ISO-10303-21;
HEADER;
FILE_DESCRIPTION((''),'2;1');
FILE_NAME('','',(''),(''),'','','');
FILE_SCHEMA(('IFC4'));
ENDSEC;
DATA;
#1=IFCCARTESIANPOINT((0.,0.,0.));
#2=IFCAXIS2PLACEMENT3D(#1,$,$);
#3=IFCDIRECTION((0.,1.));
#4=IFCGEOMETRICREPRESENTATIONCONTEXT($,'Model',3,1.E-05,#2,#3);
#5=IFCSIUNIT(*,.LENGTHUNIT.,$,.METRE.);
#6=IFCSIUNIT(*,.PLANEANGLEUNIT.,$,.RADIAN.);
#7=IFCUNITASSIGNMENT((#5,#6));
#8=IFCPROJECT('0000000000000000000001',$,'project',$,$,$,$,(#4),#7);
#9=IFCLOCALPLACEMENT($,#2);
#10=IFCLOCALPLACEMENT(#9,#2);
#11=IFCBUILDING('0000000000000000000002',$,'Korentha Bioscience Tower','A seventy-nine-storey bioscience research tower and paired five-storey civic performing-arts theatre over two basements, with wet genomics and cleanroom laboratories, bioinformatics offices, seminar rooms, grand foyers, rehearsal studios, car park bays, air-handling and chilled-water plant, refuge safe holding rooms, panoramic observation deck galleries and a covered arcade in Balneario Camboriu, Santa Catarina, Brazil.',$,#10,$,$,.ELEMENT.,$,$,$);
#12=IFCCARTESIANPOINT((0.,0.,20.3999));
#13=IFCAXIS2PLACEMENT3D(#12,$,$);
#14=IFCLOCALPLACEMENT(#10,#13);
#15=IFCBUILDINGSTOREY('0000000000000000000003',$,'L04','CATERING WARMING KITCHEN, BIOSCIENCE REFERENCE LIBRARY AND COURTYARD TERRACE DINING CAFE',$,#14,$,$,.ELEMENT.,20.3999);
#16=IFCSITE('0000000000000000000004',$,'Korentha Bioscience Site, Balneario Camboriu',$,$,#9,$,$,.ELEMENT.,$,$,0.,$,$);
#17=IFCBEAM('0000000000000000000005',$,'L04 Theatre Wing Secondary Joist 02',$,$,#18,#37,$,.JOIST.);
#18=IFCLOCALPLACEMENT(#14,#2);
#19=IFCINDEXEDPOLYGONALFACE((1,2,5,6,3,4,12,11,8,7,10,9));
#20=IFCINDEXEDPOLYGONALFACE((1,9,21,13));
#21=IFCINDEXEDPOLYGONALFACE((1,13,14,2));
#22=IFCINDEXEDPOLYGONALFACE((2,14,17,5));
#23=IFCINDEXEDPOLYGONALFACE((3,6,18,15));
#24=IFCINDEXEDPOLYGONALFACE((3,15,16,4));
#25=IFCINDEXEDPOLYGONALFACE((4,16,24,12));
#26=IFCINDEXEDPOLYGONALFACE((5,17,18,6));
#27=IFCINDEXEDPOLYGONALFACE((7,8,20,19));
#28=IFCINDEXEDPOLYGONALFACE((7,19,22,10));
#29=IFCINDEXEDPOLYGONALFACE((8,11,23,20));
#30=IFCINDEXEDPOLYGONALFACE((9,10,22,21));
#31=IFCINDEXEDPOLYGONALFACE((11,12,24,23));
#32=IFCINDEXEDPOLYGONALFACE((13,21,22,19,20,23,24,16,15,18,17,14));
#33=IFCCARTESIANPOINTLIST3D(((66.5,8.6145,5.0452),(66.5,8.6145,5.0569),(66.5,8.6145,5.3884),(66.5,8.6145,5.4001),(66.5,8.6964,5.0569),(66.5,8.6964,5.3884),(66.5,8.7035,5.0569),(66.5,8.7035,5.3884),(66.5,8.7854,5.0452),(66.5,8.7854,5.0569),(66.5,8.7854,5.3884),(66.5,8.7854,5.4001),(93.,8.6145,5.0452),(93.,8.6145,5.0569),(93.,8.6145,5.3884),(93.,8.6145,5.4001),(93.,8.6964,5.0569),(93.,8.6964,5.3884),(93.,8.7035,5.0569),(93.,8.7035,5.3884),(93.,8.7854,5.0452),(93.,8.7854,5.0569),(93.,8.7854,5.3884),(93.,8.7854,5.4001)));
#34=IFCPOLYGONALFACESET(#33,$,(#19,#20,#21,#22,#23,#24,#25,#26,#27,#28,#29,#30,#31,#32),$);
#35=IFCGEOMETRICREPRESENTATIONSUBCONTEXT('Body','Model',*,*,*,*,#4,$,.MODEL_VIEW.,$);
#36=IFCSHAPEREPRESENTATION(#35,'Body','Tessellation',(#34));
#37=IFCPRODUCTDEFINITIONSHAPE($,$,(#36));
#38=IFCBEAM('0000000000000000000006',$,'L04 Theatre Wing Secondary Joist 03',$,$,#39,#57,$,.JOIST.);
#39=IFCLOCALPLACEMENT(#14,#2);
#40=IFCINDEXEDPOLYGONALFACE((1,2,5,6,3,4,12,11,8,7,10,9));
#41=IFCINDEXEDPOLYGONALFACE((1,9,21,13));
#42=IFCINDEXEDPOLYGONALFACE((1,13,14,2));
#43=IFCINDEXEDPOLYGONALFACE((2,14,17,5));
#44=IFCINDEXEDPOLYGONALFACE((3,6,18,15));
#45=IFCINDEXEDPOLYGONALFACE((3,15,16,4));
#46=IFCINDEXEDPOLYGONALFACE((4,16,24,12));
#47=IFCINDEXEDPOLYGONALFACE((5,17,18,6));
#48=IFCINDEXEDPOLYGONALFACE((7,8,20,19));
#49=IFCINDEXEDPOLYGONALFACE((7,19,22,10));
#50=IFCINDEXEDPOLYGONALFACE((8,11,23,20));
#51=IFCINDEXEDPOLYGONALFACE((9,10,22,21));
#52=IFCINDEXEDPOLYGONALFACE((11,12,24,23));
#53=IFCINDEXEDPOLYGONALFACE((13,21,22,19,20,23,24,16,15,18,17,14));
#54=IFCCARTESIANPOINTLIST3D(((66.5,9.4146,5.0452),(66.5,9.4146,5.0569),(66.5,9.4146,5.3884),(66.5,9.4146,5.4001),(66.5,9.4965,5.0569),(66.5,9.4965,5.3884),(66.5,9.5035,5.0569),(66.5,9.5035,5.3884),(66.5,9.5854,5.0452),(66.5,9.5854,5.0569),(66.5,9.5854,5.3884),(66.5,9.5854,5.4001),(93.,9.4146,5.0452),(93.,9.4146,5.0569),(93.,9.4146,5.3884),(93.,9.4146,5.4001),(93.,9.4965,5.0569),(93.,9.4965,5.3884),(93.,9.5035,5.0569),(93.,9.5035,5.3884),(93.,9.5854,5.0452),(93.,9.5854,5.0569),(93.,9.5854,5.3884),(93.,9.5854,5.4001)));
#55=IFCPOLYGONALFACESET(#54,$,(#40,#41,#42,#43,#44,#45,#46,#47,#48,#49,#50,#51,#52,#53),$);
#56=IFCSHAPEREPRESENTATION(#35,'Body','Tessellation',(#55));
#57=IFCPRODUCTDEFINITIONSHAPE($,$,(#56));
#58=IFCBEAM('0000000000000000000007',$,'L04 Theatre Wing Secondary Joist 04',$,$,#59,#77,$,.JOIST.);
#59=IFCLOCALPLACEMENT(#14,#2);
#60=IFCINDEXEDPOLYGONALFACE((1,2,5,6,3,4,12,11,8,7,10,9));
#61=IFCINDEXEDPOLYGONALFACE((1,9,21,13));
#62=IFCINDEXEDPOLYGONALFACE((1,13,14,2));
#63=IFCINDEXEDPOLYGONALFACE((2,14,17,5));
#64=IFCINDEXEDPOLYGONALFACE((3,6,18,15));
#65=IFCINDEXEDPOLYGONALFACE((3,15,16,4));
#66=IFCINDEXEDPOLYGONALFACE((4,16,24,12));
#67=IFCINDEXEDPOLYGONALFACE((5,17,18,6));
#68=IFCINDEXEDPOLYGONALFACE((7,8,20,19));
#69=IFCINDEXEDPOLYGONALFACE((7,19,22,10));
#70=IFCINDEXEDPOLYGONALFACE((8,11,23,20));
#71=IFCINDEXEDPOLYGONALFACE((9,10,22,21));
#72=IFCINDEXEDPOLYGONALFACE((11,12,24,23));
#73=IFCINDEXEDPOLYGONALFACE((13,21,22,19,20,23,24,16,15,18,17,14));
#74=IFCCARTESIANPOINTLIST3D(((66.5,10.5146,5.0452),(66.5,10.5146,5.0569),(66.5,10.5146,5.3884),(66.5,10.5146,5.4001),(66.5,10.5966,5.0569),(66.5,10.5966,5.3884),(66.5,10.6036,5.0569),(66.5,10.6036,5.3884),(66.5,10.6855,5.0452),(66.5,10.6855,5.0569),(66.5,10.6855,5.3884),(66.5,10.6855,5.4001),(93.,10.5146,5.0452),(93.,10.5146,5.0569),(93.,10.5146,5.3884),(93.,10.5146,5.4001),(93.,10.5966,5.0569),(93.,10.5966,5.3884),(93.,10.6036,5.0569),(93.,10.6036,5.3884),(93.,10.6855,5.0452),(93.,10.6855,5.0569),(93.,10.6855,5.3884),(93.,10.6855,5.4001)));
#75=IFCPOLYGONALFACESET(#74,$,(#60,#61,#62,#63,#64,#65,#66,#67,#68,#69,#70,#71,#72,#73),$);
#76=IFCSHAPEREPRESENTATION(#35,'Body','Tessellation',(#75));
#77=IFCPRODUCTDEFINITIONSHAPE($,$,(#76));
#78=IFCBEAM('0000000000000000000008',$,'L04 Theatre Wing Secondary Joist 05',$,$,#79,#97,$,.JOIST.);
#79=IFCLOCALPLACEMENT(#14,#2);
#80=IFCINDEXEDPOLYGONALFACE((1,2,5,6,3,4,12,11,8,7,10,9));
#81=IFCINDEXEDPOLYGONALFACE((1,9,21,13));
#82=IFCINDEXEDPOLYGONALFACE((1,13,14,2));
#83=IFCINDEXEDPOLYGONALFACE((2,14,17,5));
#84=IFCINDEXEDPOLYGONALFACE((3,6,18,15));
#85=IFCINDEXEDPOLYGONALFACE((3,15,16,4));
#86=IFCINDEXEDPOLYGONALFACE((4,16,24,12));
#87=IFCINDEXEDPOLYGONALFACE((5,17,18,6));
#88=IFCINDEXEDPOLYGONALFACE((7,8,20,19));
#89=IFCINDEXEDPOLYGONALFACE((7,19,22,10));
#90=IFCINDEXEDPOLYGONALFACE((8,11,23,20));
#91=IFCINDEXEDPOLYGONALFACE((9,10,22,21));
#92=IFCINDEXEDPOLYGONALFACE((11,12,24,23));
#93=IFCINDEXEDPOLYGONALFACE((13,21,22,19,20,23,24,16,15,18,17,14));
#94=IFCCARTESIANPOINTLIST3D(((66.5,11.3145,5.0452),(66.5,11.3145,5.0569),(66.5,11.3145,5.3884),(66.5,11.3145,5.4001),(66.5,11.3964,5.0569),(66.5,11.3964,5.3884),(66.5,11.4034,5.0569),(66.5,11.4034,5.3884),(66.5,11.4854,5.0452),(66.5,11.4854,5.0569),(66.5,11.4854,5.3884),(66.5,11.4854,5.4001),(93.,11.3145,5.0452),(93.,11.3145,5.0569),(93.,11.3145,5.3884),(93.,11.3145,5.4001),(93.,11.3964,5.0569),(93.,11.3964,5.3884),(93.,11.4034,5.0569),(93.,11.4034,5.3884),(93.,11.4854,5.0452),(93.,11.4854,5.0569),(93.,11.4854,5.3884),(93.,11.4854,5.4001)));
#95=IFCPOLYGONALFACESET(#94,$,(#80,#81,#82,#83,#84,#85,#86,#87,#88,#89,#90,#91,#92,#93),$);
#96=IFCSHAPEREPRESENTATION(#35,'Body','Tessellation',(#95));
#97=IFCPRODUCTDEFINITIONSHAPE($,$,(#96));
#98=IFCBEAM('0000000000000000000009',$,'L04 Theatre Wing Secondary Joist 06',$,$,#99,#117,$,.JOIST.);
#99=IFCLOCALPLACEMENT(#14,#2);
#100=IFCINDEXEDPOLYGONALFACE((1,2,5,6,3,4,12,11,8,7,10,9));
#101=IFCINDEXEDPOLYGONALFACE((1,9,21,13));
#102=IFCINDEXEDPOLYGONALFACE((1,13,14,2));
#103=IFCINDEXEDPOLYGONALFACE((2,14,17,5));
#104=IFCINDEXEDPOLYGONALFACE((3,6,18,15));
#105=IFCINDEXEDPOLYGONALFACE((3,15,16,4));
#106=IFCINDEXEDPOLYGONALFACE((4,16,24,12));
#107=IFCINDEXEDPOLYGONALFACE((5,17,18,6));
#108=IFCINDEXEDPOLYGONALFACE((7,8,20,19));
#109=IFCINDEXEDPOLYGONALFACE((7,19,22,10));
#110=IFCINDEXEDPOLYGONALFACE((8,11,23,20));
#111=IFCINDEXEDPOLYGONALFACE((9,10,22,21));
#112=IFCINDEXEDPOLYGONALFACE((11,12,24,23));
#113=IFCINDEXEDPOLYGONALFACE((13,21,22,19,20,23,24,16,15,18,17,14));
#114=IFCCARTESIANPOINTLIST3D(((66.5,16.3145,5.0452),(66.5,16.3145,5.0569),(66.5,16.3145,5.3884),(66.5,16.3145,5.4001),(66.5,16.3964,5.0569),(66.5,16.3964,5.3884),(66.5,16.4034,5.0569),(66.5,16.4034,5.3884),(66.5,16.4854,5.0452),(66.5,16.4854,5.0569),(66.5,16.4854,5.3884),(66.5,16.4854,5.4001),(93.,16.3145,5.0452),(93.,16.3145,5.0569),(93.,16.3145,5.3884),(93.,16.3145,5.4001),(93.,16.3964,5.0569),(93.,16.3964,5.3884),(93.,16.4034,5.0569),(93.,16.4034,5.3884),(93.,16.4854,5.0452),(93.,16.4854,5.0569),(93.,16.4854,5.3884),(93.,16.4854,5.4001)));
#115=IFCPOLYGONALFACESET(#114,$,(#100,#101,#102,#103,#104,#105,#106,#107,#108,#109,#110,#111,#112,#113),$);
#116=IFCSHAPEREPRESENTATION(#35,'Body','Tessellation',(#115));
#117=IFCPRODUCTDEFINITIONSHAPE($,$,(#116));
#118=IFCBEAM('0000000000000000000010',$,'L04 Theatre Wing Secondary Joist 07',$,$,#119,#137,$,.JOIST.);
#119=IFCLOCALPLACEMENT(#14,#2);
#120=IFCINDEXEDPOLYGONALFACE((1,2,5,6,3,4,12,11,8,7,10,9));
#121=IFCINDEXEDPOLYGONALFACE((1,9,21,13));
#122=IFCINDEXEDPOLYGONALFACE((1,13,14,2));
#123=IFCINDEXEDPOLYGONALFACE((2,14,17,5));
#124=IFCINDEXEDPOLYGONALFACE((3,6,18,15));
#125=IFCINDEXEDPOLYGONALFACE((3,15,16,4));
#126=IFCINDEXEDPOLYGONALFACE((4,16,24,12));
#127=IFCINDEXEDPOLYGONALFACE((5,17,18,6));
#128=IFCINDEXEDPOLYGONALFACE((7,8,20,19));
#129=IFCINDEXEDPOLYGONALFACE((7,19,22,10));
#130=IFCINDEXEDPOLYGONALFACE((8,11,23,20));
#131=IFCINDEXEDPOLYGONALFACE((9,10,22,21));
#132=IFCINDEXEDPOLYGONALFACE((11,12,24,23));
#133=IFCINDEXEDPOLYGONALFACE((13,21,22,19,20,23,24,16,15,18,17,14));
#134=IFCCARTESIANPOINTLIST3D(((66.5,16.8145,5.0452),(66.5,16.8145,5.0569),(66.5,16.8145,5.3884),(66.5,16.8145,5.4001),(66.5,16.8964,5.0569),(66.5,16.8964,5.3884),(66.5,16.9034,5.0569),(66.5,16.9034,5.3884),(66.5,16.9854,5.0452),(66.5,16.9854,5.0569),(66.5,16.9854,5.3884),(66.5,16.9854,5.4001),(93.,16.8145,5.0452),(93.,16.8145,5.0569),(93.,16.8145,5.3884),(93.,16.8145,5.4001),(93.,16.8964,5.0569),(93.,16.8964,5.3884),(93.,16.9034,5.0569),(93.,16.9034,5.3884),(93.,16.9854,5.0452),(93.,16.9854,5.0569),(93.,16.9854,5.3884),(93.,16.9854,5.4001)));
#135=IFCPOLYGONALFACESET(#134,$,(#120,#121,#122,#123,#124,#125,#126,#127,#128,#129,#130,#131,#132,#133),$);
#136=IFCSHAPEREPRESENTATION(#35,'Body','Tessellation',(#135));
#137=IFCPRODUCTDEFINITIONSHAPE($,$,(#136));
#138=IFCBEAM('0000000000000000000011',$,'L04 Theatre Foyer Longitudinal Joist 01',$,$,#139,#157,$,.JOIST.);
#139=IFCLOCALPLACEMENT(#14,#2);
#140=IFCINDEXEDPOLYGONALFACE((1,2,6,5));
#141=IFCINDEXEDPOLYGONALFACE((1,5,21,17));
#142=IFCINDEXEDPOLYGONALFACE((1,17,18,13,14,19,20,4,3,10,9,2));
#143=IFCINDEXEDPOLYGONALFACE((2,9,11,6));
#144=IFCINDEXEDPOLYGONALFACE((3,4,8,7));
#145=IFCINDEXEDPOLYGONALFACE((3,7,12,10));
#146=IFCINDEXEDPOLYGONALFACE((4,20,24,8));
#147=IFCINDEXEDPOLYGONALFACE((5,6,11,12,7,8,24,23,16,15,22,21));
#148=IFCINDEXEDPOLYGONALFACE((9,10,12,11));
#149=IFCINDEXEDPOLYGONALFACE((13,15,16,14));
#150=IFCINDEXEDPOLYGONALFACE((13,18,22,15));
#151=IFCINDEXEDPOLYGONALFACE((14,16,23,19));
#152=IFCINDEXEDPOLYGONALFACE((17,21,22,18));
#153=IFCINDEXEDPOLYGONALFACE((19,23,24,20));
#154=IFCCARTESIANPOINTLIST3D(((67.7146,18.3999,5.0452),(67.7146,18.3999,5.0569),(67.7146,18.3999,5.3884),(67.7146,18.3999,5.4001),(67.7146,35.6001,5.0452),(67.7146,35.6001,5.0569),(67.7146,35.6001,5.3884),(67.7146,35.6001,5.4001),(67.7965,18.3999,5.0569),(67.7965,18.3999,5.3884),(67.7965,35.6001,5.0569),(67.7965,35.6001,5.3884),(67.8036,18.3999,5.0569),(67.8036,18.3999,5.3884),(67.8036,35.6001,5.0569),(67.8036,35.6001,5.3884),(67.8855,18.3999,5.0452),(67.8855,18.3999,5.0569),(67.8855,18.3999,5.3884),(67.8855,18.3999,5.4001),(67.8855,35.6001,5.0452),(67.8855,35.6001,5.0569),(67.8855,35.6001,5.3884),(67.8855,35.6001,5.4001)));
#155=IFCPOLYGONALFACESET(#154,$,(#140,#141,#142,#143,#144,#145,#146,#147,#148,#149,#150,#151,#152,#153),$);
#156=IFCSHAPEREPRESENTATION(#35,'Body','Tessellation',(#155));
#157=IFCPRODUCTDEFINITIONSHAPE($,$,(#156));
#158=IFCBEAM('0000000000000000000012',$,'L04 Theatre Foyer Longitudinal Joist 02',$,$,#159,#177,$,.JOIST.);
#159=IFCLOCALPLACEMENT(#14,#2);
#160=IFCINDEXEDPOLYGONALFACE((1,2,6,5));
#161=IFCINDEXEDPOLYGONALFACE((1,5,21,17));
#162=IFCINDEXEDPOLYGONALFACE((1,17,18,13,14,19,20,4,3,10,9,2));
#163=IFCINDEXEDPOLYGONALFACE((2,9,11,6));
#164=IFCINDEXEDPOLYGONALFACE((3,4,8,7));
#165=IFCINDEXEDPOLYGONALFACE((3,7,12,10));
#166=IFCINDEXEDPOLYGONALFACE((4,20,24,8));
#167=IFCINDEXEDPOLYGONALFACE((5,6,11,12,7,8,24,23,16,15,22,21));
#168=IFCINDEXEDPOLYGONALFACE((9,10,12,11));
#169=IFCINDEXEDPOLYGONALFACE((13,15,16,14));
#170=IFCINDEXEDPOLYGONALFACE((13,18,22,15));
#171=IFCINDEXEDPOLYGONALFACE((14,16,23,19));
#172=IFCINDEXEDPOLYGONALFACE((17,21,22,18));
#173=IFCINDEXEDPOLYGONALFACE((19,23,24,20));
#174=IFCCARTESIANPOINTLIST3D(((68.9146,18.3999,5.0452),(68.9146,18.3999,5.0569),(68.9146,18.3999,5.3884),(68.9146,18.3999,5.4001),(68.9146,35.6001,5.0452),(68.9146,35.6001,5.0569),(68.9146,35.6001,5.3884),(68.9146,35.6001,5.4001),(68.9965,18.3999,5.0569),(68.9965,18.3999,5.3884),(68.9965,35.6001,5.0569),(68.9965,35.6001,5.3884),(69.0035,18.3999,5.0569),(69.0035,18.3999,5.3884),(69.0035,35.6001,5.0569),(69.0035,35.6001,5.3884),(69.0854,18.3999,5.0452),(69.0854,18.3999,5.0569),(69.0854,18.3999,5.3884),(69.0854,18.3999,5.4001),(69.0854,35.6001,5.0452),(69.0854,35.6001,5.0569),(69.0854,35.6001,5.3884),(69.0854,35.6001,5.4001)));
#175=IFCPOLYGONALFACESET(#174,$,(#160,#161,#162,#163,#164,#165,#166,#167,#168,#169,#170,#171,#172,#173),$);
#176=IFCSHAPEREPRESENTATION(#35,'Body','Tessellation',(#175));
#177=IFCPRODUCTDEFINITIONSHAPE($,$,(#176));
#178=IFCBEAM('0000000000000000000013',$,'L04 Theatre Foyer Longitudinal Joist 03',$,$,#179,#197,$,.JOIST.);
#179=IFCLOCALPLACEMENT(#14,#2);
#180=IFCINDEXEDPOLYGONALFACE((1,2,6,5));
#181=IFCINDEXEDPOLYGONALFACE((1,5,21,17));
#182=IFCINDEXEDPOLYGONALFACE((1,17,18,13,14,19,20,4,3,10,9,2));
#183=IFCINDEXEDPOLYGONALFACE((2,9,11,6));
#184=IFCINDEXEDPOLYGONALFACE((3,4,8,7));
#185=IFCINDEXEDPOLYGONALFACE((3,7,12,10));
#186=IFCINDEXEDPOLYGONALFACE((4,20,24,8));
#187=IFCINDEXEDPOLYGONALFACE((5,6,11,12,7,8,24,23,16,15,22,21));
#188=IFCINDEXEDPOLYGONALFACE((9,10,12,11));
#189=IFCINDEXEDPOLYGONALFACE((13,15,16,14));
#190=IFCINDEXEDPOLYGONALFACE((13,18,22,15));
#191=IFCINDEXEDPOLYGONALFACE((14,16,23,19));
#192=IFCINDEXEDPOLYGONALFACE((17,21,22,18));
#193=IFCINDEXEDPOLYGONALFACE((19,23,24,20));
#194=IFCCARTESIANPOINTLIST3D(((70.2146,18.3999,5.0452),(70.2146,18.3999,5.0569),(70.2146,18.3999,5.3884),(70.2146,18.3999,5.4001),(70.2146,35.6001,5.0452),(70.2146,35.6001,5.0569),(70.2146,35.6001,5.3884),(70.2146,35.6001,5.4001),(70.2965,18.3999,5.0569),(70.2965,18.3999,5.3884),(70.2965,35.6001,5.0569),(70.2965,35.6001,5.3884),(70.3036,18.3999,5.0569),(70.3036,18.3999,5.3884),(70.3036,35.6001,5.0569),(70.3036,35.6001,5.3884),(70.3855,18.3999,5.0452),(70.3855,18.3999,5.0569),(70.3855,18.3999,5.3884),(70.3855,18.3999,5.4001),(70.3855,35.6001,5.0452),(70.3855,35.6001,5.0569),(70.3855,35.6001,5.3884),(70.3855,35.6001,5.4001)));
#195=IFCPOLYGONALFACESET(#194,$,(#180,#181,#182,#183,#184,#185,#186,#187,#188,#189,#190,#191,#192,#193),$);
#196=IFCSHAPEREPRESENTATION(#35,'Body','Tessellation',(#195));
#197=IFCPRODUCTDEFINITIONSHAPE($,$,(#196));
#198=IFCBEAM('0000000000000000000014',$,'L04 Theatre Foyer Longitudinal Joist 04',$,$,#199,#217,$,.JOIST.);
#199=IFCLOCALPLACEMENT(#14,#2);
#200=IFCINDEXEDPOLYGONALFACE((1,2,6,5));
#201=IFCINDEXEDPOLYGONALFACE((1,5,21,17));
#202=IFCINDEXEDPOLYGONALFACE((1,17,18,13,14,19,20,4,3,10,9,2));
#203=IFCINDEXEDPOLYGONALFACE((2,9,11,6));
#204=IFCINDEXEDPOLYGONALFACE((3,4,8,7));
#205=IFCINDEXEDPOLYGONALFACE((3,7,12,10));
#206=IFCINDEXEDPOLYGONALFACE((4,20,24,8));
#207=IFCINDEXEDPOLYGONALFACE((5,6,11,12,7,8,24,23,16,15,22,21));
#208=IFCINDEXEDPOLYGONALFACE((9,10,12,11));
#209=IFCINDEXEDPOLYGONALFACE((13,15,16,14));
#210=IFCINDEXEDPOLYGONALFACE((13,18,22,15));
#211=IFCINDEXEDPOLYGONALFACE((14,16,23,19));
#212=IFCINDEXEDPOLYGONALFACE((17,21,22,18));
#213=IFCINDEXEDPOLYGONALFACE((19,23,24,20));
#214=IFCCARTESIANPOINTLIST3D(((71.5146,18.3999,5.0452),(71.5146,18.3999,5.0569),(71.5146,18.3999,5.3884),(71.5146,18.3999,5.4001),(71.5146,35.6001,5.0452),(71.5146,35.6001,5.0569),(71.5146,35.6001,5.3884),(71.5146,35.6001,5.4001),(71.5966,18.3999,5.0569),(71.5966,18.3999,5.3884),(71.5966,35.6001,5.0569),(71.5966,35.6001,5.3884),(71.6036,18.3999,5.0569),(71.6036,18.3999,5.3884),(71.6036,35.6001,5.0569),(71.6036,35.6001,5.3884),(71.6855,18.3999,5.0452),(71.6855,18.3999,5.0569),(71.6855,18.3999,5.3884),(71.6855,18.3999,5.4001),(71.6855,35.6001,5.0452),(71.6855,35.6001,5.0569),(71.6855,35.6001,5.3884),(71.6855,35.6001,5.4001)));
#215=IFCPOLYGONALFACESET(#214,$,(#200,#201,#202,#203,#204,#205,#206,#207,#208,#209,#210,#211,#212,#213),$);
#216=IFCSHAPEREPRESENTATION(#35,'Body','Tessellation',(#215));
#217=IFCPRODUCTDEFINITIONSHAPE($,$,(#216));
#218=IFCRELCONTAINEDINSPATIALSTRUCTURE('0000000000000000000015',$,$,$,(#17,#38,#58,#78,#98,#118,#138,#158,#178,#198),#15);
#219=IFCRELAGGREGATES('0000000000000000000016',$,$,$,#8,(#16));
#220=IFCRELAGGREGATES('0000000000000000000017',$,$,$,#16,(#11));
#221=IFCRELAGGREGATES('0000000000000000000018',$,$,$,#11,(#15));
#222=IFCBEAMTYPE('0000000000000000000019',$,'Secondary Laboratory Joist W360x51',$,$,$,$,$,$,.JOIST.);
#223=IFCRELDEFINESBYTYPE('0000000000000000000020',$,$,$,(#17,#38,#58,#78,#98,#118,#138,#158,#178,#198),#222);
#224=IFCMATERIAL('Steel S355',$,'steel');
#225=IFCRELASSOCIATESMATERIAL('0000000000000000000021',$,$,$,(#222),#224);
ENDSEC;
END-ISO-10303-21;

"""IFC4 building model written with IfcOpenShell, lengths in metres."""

from ifc_helpers import new_model, si_unit, direction, frame, origin, origin_2d, place, context, subcontext, project, spatial, i_section, extrude, material, material_profile, profile_set, type_object, element, save


model = new_model("IFC4")

# Units and contexts
model_context = context("Model", 3, precision=1e-05, world=origin(), true_north=direction((0.0, 1.0)))
body_context = subcontext(model_context, "Body", "Model", "MODEL_VIEW")
ifc_project = project(units=[si_unit("LENGTHUNIT", "METRE"), si_unit("PLANEANGLEUNIT", "RADIAN")], contexts=[model_context])

# Site, building, storey
site_placement = place(None, origin())
site = spatial("IfcSite", under=ifc_project, at=site_placement, Name="Korentha Bioscience Site, Balneario Camboriu", CompositionType="ELEMENT", RefElevation=0.0)
building_placement = place(site_placement, origin())
building = spatial("IfcBuilding", under=site, at=building_placement, Name="Korentha Bioscience Tower", Description="A seventy-nine-storey bioscience research tower and paired five-storey civic performing-arts theatre over two basements, with wet genomics and cleanroom laboratories, bioinformatics offices, seminar rooms, grand foyers, rehearsal studios, car park bays, air-handling and chilled-water plant, refuge safe holding rooms, panoramic observation deck galleries and a covered arcade in Balneario Camboriu, Santa Catarina, Brazil.", CompositionType="ELEMENT")
storey_placement = place(building_placement, frame((0.0, 0.0, 20.3999)))
storey = spatial("IfcBuildingStorey", under=building, at=storey_placement, Name="L04", Description="CATERING WARMING KITCHEN, BIOSCIENCE REFERENCE LIBRARY AND COURTYARD TERRACE DINING CAFE", CompositionType="ELEMENT", Elevation=20.3999)

# Beams
ifc_material_1 = material(Name="Steel S355", Category="steel")
ifc_material_profile_1 = material_profile(ifc_material_1, i_section(OverallWidth=0.1709, OverallDepth=0.355, WebThickness=0.0071, FlangeThickness=0.0117, at=origin_2d()), Name="Steel S355")
ifc_profile_set_1 = profile_set([ifc_material_profile_1], Name="Steel S355 (JB-360)")
beam_type_1 = type_object("IfcBeamType", Name="Secondary Laboratory Joist W360x51", PredefinedType="JOIST", material=ifc_profile_set_1)
for number, where, z_axis, x_axis, name in (
    (1, (66.5, 8.7, 5.2227), (1.0, 0.0, 0.0), (0.0, 1.0, 0.0), "L04 Theatre Wing Secondary Joist 02"),
    (2, (66.5, 9.5, 5.2227), (1.0, 0.0, 0.0), (0.0, 1.0, 0.0), "L04 Theatre Wing Secondary Joist 03"),
    (3, (66.5, 10.6001, 5.2227), (1.0, 0.0, 0.0), (0.0, 1.0, 0.0), "L04 Theatre Wing Secondary Joist 04"),
    (4, (66.5, 11.3999, 5.2227), (1.0, 0.0, 0.0), (0.0, 1.0, 0.0), "L04 Theatre Wing Secondary Joist 05"),
    (5, (66.5, 16.3999, 5.2227), (1.0, 0.0, 0.0), (0.0, 1.0, 0.0), "L04 Theatre Wing Secondary Joist 06"),
    (6, (66.5, 16.8999, 5.2227), (1.0, 0.0, 0.0), (0.0, 1.0, 0.0), "L04 Theatre Wing Secondary Joist 07"),
):
    element("IfcBeam", number, at=place(storey_placement, frame(where, z_axis=z_axis, x_axis=x_axis)), inside=storey, type_object=beam_type_1, Name=name, PredefinedType="JOIST", context=body_context, shape_type="SweptSolid", body=[
        extrude(i_section(OverallWidth=0.1709, OverallDepth=0.355, WebThickness=0.0071, FlangeThickness=0.0117, at=origin_2d()), origin(), (0.0, 0.0, 1.0), 26.5),
    ])
for number, where, z_axis, x_axis, name in (
    (7, (67.8, 18.3999, 5.2227), (0.0, 1.0, 0.0), (-1.0, 0.0, 0.0), "L04 Theatre Foyer Longitudinal Joist 01"),
    (8, (69.0, 18.3999, 5.2227), (0.0, 1.0, 0.0), (-1.0, 0.0, 0.0), "L04 Theatre Foyer Longitudinal Joist 02"),
    (9, (70.3, 18.3999, 5.2227), (0.0, 1.0, 0.0), (-1.0, 0.0, 0.0), "L04 Theatre Foyer Longitudinal Joist 03"),
    (10, (71.6001, 18.3999, 5.2227), (0.0, 1.0, 0.0), (-1.0, 0.0, 0.0), "L04 Theatre Foyer Longitudinal Joist 04"),
):
    element("IfcBeam", number, at=place(storey_placement, frame(where, z_axis=z_axis, x_axis=x_axis)), inside=storey, type_object=beam_type_1, Name=name, PredefinedType="JOIST", context=body_context, shape_type="SweptSolid", body=[
        extrude(i_section(OverallWidth=0.1709, OverallDepth=0.355, WebThickness=0.0071, FlangeThickness=0.0117, at=origin_2d()), origin(), (0.0, 0.0, 1.0), 17.2002),
    ])

save(model, "model.ifc")
